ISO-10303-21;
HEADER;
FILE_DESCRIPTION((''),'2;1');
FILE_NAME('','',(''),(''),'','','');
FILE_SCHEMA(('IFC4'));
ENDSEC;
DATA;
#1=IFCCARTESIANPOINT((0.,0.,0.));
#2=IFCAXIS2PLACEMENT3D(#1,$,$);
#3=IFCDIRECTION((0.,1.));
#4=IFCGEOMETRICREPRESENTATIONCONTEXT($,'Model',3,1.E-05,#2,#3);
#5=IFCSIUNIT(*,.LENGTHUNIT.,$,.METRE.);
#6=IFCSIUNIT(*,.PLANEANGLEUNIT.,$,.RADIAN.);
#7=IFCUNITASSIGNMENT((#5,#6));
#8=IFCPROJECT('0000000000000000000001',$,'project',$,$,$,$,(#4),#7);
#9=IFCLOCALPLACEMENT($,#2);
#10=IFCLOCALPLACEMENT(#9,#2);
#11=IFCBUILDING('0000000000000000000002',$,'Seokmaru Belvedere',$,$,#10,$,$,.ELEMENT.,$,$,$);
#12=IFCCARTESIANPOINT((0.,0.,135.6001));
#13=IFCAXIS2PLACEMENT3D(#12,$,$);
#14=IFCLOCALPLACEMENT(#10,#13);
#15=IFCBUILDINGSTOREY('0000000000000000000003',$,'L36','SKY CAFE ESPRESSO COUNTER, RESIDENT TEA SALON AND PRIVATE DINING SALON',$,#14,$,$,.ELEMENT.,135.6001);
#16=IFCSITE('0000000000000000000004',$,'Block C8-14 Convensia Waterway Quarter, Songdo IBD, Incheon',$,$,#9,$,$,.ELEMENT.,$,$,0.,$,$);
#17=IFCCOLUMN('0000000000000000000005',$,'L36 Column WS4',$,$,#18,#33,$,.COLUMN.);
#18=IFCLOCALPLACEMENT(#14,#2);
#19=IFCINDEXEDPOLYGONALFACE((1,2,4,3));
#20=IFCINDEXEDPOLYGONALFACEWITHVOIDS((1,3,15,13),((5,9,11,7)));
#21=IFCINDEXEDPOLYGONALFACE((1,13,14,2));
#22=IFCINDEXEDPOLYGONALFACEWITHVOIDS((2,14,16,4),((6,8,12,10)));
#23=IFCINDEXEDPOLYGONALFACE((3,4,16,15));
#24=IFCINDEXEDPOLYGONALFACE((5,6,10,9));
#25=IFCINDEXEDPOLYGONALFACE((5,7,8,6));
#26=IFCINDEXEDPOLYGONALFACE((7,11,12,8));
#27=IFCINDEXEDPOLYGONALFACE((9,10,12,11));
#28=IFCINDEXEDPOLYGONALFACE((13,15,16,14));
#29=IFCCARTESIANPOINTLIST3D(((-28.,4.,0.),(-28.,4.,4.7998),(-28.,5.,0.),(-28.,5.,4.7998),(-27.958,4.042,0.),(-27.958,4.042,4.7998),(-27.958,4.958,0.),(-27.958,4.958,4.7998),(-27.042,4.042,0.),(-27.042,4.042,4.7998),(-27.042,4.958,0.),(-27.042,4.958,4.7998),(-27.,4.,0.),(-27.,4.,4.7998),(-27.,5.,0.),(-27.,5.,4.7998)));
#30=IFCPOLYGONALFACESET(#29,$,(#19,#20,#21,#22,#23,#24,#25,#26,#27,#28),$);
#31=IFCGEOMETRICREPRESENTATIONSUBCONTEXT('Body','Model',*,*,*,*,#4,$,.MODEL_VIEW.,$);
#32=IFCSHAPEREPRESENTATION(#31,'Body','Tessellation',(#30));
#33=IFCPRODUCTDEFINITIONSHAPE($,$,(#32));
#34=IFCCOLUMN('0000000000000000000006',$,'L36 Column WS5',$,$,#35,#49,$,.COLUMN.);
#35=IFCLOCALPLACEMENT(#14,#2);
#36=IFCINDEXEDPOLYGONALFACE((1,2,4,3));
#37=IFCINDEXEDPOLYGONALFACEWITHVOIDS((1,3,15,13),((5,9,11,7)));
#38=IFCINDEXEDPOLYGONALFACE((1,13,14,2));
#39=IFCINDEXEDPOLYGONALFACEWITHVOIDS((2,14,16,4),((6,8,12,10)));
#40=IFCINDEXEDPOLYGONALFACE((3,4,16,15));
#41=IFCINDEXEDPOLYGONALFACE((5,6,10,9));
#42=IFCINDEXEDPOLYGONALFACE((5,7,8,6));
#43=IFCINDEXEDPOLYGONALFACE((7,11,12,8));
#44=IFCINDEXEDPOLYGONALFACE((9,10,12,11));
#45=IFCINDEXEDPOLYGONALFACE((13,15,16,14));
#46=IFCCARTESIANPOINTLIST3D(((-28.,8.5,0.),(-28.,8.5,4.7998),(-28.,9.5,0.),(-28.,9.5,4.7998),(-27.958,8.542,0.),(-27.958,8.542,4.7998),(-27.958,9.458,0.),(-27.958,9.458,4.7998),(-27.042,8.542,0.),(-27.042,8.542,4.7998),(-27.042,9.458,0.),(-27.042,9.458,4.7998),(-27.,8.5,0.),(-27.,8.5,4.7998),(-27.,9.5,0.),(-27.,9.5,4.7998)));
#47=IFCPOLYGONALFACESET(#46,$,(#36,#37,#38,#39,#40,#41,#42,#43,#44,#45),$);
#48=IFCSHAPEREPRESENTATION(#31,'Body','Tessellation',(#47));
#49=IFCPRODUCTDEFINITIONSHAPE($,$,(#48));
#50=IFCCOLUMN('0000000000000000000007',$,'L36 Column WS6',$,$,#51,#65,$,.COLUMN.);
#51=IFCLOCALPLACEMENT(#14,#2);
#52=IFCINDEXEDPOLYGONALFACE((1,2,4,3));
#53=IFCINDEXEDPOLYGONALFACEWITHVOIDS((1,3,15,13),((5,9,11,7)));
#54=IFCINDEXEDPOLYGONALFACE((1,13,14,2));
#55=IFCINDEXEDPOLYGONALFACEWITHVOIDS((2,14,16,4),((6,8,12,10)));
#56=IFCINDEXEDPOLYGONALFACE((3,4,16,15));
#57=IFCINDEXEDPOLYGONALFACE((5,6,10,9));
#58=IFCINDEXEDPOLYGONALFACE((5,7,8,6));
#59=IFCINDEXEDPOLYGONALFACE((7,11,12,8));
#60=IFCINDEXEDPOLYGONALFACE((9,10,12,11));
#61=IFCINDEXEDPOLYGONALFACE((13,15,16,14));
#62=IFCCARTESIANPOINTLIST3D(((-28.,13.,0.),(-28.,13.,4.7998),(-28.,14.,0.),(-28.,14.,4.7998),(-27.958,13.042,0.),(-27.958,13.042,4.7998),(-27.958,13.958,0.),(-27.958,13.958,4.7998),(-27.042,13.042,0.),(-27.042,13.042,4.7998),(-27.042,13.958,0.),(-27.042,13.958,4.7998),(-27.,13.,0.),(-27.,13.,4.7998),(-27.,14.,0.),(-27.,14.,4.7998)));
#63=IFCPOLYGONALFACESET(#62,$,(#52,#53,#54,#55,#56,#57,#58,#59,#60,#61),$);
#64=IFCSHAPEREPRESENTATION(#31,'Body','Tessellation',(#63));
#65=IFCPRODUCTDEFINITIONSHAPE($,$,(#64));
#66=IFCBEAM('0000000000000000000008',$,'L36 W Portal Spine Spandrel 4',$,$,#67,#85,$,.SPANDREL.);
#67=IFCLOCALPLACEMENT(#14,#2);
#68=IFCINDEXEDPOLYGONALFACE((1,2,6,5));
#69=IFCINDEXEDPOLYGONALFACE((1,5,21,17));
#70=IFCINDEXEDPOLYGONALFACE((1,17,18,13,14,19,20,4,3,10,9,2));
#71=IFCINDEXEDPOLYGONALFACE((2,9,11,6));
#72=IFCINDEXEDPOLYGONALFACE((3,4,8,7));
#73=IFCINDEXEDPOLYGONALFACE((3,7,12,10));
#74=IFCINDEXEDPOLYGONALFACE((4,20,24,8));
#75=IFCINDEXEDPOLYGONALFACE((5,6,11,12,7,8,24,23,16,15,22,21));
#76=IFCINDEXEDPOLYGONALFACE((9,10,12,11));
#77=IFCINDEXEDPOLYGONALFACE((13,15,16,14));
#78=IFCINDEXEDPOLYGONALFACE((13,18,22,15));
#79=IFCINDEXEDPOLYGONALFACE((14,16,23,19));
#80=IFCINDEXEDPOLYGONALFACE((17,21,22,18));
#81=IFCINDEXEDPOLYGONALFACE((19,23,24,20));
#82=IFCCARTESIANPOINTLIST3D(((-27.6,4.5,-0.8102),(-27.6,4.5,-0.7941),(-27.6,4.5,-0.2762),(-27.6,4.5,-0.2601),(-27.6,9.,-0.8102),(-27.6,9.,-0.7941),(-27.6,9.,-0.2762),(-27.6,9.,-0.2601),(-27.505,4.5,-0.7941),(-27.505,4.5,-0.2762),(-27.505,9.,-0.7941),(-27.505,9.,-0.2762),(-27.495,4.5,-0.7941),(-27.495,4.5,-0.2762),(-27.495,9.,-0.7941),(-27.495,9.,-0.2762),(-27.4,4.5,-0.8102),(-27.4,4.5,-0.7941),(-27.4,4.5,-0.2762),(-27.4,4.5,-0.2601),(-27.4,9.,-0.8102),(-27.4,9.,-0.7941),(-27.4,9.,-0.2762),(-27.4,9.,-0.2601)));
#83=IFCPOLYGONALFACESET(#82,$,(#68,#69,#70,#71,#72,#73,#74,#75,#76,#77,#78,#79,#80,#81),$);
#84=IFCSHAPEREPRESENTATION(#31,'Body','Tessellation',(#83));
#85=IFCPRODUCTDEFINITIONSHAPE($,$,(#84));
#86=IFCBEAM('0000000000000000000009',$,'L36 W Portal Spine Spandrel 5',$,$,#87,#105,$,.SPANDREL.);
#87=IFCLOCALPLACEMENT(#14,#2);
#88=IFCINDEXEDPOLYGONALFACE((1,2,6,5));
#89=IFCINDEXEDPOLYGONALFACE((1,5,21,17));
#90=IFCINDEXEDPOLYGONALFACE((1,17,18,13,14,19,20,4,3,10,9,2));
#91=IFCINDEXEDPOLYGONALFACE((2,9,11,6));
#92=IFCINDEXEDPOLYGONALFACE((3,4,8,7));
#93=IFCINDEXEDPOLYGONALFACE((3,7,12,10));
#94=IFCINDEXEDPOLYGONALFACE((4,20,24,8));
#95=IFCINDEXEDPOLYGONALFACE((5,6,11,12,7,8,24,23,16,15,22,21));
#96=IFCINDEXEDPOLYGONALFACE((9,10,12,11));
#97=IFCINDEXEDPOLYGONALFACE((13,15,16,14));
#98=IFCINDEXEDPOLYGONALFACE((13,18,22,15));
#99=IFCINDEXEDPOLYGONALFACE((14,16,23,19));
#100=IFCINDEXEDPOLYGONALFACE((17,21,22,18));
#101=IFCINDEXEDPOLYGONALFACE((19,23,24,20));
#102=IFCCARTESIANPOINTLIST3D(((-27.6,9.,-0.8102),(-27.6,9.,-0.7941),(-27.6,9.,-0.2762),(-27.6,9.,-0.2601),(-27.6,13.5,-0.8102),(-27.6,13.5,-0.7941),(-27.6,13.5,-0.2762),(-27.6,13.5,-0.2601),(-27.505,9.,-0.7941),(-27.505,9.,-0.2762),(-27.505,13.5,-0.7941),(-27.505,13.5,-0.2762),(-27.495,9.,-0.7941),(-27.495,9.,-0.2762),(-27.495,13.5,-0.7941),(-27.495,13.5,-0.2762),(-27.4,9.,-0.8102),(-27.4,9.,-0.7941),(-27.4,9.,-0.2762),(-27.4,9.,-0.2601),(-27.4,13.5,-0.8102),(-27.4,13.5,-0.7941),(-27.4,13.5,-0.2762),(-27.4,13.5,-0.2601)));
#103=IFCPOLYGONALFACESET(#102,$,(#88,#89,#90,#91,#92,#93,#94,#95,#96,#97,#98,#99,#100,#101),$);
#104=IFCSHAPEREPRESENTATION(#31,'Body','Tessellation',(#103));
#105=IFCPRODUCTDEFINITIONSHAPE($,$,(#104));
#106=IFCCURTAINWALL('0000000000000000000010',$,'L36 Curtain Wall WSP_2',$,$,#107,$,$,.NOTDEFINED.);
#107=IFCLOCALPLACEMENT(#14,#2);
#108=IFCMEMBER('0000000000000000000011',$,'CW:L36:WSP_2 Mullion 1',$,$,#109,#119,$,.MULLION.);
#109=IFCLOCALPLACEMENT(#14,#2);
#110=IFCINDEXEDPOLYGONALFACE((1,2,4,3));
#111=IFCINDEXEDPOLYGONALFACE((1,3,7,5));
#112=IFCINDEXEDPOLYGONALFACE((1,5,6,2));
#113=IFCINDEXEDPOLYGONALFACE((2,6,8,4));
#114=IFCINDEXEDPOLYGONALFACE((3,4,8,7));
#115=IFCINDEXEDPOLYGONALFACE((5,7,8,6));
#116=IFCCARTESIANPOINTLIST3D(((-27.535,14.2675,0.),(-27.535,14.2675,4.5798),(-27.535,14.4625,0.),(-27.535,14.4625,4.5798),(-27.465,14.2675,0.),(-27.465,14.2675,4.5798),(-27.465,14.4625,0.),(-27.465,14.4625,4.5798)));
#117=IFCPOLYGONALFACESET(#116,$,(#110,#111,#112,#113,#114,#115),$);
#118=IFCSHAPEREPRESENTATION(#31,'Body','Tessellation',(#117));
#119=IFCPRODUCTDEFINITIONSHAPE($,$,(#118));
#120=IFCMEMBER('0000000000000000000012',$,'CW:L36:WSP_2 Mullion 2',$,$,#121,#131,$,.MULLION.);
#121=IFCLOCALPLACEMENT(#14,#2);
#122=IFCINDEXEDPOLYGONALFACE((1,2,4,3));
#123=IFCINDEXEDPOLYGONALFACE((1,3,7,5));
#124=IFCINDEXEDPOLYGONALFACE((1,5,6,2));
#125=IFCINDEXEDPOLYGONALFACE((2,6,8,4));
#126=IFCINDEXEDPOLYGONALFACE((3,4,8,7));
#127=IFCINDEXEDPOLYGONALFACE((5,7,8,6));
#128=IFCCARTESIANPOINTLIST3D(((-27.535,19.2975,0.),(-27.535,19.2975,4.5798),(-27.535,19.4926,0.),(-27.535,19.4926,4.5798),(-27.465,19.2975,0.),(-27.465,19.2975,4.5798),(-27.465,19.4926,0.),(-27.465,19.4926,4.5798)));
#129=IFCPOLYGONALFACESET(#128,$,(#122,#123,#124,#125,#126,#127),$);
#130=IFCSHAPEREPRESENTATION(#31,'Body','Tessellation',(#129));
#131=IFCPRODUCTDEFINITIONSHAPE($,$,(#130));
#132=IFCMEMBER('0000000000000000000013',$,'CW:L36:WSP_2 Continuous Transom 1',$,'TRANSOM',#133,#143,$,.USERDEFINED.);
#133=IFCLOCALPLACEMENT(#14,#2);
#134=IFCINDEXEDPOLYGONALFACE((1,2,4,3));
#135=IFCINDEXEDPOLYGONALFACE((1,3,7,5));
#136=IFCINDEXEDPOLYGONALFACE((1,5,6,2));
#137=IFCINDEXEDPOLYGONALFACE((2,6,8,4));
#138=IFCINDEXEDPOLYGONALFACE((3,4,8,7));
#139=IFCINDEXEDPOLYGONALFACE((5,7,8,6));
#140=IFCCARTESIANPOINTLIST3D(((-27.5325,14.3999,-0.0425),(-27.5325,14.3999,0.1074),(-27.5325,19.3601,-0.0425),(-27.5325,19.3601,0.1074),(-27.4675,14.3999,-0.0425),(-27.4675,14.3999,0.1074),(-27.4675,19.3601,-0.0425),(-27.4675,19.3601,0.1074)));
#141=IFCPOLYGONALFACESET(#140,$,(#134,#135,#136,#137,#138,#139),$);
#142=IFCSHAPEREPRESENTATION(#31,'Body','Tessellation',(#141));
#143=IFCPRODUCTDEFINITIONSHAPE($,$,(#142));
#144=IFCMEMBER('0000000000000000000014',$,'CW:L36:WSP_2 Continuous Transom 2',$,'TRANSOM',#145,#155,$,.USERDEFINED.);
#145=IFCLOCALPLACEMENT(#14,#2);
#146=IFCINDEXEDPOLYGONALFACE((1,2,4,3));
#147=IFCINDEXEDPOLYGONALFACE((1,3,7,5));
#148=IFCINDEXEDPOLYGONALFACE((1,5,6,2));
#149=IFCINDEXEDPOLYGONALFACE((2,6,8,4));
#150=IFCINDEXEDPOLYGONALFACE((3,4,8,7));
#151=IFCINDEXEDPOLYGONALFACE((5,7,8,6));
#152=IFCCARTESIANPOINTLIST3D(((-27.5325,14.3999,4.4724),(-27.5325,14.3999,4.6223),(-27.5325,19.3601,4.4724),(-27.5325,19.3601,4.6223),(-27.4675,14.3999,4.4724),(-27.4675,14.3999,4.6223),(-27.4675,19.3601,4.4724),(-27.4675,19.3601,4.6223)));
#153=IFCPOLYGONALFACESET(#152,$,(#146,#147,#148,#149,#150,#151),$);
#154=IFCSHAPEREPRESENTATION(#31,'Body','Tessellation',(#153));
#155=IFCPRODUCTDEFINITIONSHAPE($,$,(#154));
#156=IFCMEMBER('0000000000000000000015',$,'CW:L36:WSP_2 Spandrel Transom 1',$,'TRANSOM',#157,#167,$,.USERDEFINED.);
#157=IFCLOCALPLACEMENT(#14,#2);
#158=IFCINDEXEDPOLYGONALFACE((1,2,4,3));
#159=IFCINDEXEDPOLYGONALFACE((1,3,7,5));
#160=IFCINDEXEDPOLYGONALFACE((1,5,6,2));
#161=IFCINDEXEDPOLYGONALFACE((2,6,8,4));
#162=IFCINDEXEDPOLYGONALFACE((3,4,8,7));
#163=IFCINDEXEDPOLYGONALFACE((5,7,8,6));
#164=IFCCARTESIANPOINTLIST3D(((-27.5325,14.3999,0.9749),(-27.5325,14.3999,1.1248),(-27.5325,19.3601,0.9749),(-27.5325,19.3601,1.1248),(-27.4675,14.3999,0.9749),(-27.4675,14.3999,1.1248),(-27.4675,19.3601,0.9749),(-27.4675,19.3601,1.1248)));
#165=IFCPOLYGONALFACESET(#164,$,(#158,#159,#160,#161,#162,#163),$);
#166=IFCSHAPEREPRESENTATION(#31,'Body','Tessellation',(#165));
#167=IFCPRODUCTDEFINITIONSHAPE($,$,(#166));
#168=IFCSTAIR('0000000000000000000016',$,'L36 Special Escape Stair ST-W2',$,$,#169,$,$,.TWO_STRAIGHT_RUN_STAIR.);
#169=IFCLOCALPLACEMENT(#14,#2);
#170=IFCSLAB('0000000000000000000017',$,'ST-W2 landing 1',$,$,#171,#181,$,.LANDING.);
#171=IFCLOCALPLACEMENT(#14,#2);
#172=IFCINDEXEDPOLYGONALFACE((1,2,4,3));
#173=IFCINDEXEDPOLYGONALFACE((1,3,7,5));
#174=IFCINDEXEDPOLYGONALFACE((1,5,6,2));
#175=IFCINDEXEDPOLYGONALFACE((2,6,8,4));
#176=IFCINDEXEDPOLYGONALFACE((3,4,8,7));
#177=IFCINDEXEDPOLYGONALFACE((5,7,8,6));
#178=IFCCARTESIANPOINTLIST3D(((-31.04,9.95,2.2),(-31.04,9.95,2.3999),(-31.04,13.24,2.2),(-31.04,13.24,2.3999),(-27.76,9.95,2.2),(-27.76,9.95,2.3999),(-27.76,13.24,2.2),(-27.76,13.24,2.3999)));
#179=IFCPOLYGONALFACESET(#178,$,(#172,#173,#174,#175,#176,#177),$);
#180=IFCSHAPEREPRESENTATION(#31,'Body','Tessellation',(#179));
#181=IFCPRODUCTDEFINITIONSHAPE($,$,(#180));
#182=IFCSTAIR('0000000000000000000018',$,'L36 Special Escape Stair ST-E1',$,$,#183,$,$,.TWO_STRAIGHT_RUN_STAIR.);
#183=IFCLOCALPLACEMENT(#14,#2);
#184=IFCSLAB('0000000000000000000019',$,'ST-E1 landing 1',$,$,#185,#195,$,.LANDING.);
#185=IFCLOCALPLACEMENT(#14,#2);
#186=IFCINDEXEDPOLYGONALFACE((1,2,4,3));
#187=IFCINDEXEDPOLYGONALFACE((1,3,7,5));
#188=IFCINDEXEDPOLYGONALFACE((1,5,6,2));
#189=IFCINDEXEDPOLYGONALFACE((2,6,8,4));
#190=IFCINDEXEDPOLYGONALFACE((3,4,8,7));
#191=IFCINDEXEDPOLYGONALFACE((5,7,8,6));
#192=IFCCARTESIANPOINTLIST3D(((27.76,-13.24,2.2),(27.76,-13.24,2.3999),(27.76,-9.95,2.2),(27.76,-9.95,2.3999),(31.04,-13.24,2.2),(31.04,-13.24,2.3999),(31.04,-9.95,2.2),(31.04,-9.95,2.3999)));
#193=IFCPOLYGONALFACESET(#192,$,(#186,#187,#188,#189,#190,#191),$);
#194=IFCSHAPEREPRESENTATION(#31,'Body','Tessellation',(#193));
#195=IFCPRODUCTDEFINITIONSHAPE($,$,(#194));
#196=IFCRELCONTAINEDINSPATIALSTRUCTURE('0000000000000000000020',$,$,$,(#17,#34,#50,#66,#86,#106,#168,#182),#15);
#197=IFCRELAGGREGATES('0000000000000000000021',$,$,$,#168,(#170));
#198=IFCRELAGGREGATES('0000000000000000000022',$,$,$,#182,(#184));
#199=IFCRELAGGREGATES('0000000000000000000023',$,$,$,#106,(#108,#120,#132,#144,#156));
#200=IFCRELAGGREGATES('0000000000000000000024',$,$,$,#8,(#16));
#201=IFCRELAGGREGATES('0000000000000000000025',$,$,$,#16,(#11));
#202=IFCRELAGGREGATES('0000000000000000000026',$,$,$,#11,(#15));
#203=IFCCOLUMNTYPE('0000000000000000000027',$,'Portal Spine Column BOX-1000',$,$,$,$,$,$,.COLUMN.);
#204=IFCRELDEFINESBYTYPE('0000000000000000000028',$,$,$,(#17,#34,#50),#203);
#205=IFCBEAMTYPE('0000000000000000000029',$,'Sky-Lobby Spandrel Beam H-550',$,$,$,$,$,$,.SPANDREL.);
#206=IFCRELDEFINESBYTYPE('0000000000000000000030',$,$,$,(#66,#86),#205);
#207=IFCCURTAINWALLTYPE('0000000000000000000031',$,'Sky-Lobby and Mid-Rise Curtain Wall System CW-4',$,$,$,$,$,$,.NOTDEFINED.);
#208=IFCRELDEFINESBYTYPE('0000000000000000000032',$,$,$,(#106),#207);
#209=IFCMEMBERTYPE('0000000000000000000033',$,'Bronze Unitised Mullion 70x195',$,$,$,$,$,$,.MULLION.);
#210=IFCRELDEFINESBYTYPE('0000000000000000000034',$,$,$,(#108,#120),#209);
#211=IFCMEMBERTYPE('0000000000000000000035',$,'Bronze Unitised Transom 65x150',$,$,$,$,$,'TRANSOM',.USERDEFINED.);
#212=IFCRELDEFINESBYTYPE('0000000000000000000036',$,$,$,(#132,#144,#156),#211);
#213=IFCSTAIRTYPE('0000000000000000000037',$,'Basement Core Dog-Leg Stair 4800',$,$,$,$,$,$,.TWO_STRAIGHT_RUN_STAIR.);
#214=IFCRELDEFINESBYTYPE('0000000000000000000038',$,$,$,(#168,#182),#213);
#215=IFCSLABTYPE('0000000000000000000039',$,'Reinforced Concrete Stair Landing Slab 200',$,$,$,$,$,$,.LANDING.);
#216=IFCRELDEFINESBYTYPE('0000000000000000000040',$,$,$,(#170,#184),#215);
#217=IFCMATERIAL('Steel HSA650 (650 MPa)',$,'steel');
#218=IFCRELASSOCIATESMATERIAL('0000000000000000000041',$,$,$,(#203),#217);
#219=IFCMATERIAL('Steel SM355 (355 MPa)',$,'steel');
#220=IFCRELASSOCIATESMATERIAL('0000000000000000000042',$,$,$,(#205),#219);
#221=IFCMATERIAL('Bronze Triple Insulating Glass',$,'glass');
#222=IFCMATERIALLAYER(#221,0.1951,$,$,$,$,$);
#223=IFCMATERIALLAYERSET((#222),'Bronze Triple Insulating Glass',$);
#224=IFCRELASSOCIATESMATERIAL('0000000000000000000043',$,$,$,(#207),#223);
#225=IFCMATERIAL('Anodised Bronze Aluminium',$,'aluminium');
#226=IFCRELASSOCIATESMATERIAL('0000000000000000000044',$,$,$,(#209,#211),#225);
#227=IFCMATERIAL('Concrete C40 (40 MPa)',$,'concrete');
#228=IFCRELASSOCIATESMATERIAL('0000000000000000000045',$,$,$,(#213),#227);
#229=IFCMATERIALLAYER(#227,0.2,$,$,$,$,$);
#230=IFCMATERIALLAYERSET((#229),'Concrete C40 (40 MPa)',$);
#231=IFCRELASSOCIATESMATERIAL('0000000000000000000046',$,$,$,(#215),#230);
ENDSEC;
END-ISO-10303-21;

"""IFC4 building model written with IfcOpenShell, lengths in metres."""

from ifc_helpers import new_model, si_unit, direction, frame, origin, origin_2d, place, context, subcontext, project, spatial, polyline, rectangle, hollow_rectangle, i_section, outline, extrude, source, transform, mapped, material, layer, layer_set, material_profile, profile_set, type_object, type_shapes, element, aggregate, save


model = new_model("IFC4")

# Units and contexts
model_context = context("Model", 3, precision=1e-05, world=origin(), true_north=direction((0.0, 1.0)))
body_context = subcontext(model_context, "Body", "Model", "MODEL_VIEW")
ifc_project = project(units=[si_unit("LENGTHUNIT", "METRE"), si_unit("PLANEANGLEUNIT", "RADIAN")], contexts=[model_context])

# Site, building, storey
site_placement = place(None, origin())
site = spatial("IfcSite", under=ifc_project, at=site_placement, Name="Block C8-14 Convensia Waterway Quarter, Songdo IBD, Incheon", CompositionType="ELEMENT", RefElevation=0.0)
building_placement = place(site_placement, origin())
building = spatial("IfcBuilding", under=site, at=building_placement, Name="Seokmaru Belvedere", CompositionType="ELEMENT")
storey_placement = place(building_placement, frame((0.0, 0.0, 135.6001)))
storey = spatial("IfcBuildingStorey", under=building, at=storey_placement, Name="L36", Description="SKY CAFE ESPRESSO COUNTER, RESIDENT TEA SALON AND PRIVATE DINING SALON", CompositionType="ELEMENT", Elevation=135.6001)

# Columns
ifc_material_1 = material(Name="Steel HSA650 (650 MPa)", Category="steel")
ifc_material_profile_1 = material_profile(ifc_material_1, hollow_rectangle(XDim=1.0, YDim=1.0, WallThickness=0.042, at=origin_2d()), Name="BOX-1000x1000x42")
ifc_profile_set_1 = profile_set([ifc_material_profile_1], Name="Steel HSA650 (650 MPa)")
column_type = type_object("IfcColumnType", Name="Portal Spine Column BOX-1000", PredefinedType="COLUMN", material=ifc_profile_set_1)
shared_shape_1 = source(origin(), body_context, "Body", "SweptSolid", [
    extrude(hollow_rectangle(XDim=1.0, YDim=1.0, WallThickness=0.042, at=origin_2d()), origin(), (0.0, 0.0, 1.0), 4.7998),
])
type_shapes(column_type, [shared_shape_1])
for number, where, z_axis, x_axis, name in (
    (1, (-27.5, 4.5, 0.0), (0.0, 0.0, 1.0), (1.0, 0.0, 0.0), "L36 Column WS4"),
    (2, (-27.5, 9.0, 0.0), (0.0, 0.0, 1.0), (1.0, 0.0, 0.0), "L36 Column WS5"),
    (3, (-27.5, 13.5, 0.0), (0.0, 0.0, 1.0), (1.0, 0.0, 0.0), "L36 Column WS6"),
):
    element("IfcColumn", number, at=place(storey_placement, frame(where, z_axis=z_axis, x_axis=x_axis)), inside=storey, type_object=column_type, Name=name, PredefinedType="COLUMN", context=body_context, shape_type="MappedRepresentation", body=[
        mapped(shared_shape_1, transform((0.0, 0.0, 0.0), scale=1.0)),
    ])

# Beams
ifc_material_2 = material(Name="Steel SM355 (355 MPa)", Category="steel")
ifc_material_profile_2 = material_profile(ifc_material_2, i_section(OverallWidth=0.2, OverallDepth=0.55, WebThickness=0.01, FlangeThickness=0.0161, at=origin_2d()), Name="H-550x200x10x16")
ifc_profile_set_2 = profile_set([ifc_material_profile_2], Name="Steel SM355 (355 MPa)")
beam_type = type_object("IfcBeamType", Name="Sky-Lobby Spandrel Beam H-550", PredefinedType="SPANDREL", material=ifc_profile_set_2)
shared_shape_2 = source(origin(), body_context, "Body", "SweptSolid", [
    extrude(i_section(OverallWidth=0.2, OverallDepth=0.55, WebThickness=0.01, FlangeThickness=0.0161, at=origin_2d()), origin(), (0.0, 0.0, 1.0), 4.5),
])
type_shapes(beam_type, [shared_shape_2])
for number, where, z_axis, x_axis, name in (
    (4, (-27.5, 4.5, -0.5352), (0.0, 1.0, 0.0), (-1.0, 0.0, 0.0), "L36 W Portal Spine Spandrel 4"),
    (5, (-27.5, 9.0, -0.5352), (0.0, 1.0, 0.0), (-1.0, 0.0, 0.0), "L36 W Portal Spine Spandrel 5"),
):
    element("IfcBeam", number, at=place(storey_placement, frame(where, z_axis=z_axis, x_axis=x_axis)), inside=storey, type_object=beam_type, Name=name, PredefinedType="SPANDREL", context=body_context, shape_type="MappedRepresentation", body=[
        mapped(shared_shape_2, transform((0.0, 0.0, 0.0), scale=1.0)),
    ])

# Curtain wall, members
ifc_material_3 = material(Name="Bronze Triple Insulating Glass", Category="glass")
ifc_layer_1 = layer(ifc_material_3, 0.1951)
ifc_layer_set_1 = layer_set([ifc_layer_1], Name="Bronze Triple Insulating Glass")
curtain_wall_type = type_object("IfcCurtainWallType", Name="Sky-Lobby and Mid-Rise Curtain Wall System CW-4", PredefinedType="NOTDEFINED", material=ifc_layer_set_1)
curtain_wall_placement = place(storey_placement, origin())
curtain_wall = element("IfcCurtainWall", 6, at=curtain_wall_placement, inside=storey, type_object=curtain_wall_type, Name="L36 Curtain Wall WSP_2", PredefinedType="NOTDEFINED")
ifc_material_4 = material(Name="Anodised Bronze Aluminium", Category="aluminium")
ifc_material_profile_3 = material_profile(ifc_material_4, rectangle(XDim=0.0701, YDim=0.1951, at=origin_2d()), Name="CW-M-70x195")
ifc_profile_set_3 = profile_set([ifc_material_profile_3], Name="Anodised Bronze Aluminium")
member_type_1 = type_object("IfcMemberType", Name="Bronze Unitised Mullion 70x195", PredefinedType="MULLION", material=ifc_profile_set_3)
shared_shape_3 = source(origin(), body_context, "Body", "SweptSolid", [
    extrude(rectangle(XDim=0.0701, YDim=0.1951, at=origin_2d()), origin(), (0.0, 0.0, 1.0), 4.5798),
])
type_shapes(member_type_1, [shared_shape_3])
member_1_placement = place(storey_placement, frame((-27.5, 14.365, 0.0), z_axis=(0.0, 0.0, 1.0), x_axis=(-1.0, 0.0, 0.0)))
member_1 = element("IfcMember", 7, at=member_1_placement, type_object=member_type_1, Name="CW:L36:WSP_2 Mullion 1", PredefinedType="MULLION", context=body_context, shape_type="MappedRepresentation", body=[
    mapped(shared_shape_3, transform((0.0, 0.0, 0.0), scale=1.0)),
])
member_2_placement = place(storey_placement, frame((-27.5, 19.395, 0.0), z_axis=(0.0, 0.0, 1.0), x_axis=(-1.0, 0.0, 0.0)))
member_2 = element("IfcMember", 8, at=member_2_placement, type_object=member_type_1, Name="CW:L36:WSP_2 Mullion 2", PredefinedType="MULLION", context=body_context, shape_type="MappedRepresentation", body=[
    mapped(shared_shape_3, transform((0.0, 0.0, 0.0), scale=1.0)),
])
ifc_material_profile_4 = material_profile(ifc_material_4, rectangle(XDim=0.0649, YDim=0.1499, at=origin_2d()), Name="CW-T-65x150")
ifc_profile_set_4 = profile_set([ifc_material_profile_4], Name="Anodised Bronze Aluminium")
member_type_2 = type_object("IfcMemberType", Name="Bronze Unitised Transom 65x150", ElementType="TRANSOM", PredefinedType="USERDEFINED", material=ifc_profile_set_4)
shared_shape_4 = source(origin(), body_context, "Body", "SweptSolid", [
    extrude(rectangle(XDim=0.0649, YDim=0.1499, at=origin_2d()), origin(), (0.0, 0.0, 1.0), 4.9602),
])
type_shapes(member_type_2, [shared_shape_4])
member_3_placement = place(storey_placement, frame((-27.5, 14.3999, 0.0325), z_axis=(0.0, 1.0, 0.0), x_axis=(-1.0, 0.0, 0.0)))
member_3 = element("IfcMember", 9, at=member_3_placement, type_object=member_type_2, Name="CW:L36:WSP_2 Continuous Transom 1", ObjectType="TRANSOM", PredefinedType="USERDEFINED", context=body_context, shape_type="MappedRepresentation", body=[
    mapped(shared_shape_4, transform((0.0, 0.0, 0.0), scale=1.0)),
])
member_4_placement = place(storey_placement, frame((-27.5, 14.3999, 4.5474), z_axis=(0.0, 1.0, 0.0), x_axis=(-1.0, 0.0, 0.0)))
member_4 = element("IfcMember", 10, at=member_4_placement, type_object=member_type_2, Name="CW:L36:WSP_2 Continuous Transom 2", ObjectType="TRANSOM", PredefinedType="USERDEFINED", context=body_context, shape_type="MappedRepresentation", body=[
    mapped(shared_shape_4, transform((0.0, 0.0, 0.0), scale=1.0)),
])
member_5_placement = place(storey_placement, frame((-27.5, 14.3999, 1.0498), z_axis=(0.0, 1.0, 0.0), x_axis=(-1.0, 0.0, 0.0)))
member_5 = element("IfcMember", 11, at=member_5_placement, type_object=member_type_2, Name="CW:L36:WSP_2 Spandrel Transom 1", ObjectType="TRANSOM", PredefinedType="USERDEFINED", context=body_context, shape_type="MappedRepresentation", body=[
    mapped(shared_shape_4, transform((0.0, 0.0, 0.0), scale=1.0)),
])

# Stairs, slabs
ifc_material_5 = material(Name="Concrete C40 (40 MPa)", Category="concrete")
stair_type = type_object("IfcStairType", Name="Basement Core Dog-Leg Stair 4800", PredefinedType="TWO_STRAIGHT_RUN_STAIR", material=ifc_material_5)
stair_1_placement = place(storey_placement, origin())
stair_1 = element("IfcStair", 12, at=stair_1_placement, inside=storey, type_object=stair_type, Name="L36 Special Escape Stair ST-W2", PredefinedType="TWO_STRAIGHT_RUN_STAIR")
ifc_layer_2 = layer(ifc_material_5, 0.2)
ifc_layer_set_2 = layer_set([ifc_layer_2], Name="Concrete C40 (40 MPa)")
slab_type = type_object("IfcSlabType", Name="Reinforced Concrete Stair Landing Slab 200", PredefinedType="LANDING", material=ifc_layer_set_2)
slab_1_placement = place(storey_placement, frame((0.0, 0.0, 2.2)))
slab_1 = element("IfcSlab", 13, at=slab_1_placement, type_object=slab_type, Name="ST-W2 landing 1", PredefinedType="LANDING", context=body_context, shape_type="SweptSolid", body=[
    extrude(outline(polyline([(-31.04, 9.95), (-27.76, 9.95), (-27.76, 13.24), (-31.04, 13.24), (-31.04, 9.95)])), origin(), (0.0, 0.0, 1.0), 0.2),
])
aggregate(stair_1, [slab_1])
stair_2_placement = place(storey_placement, origin())
stair_2 = element("IfcStair", 14, at=stair_2_placement, inside=storey, type_object=stair_type, Name="L36 Special Escape Stair ST-E1", PredefinedType="TWO_STRAIGHT_RUN_STAIR")
slab_2_placement = place(storey_placement, frame((0.0, 0.0, 2.2)))
slab_2 = element("IfcSlab", 15, at=slab_2_placement, type_object=slab_type, Name="ST-E1 landing 1", PredefinedType="LANDING", context=body_context, shape_type="SweptSolid", body=[
    extrude(outline(polyline([(27.76, -13.24), (31.04, -13.24), (31.04, -9.95), (27.76, -9.95), (27.76, -13.24)])), origin(), (0.0, 0.0, 1.0), 0.2),
])
aggregate(stair_2, [slab_2])

aggregate(curtain_wall, [member_1, member_2, member_3, member_4, member_5])

save(model, "model.ifc")
